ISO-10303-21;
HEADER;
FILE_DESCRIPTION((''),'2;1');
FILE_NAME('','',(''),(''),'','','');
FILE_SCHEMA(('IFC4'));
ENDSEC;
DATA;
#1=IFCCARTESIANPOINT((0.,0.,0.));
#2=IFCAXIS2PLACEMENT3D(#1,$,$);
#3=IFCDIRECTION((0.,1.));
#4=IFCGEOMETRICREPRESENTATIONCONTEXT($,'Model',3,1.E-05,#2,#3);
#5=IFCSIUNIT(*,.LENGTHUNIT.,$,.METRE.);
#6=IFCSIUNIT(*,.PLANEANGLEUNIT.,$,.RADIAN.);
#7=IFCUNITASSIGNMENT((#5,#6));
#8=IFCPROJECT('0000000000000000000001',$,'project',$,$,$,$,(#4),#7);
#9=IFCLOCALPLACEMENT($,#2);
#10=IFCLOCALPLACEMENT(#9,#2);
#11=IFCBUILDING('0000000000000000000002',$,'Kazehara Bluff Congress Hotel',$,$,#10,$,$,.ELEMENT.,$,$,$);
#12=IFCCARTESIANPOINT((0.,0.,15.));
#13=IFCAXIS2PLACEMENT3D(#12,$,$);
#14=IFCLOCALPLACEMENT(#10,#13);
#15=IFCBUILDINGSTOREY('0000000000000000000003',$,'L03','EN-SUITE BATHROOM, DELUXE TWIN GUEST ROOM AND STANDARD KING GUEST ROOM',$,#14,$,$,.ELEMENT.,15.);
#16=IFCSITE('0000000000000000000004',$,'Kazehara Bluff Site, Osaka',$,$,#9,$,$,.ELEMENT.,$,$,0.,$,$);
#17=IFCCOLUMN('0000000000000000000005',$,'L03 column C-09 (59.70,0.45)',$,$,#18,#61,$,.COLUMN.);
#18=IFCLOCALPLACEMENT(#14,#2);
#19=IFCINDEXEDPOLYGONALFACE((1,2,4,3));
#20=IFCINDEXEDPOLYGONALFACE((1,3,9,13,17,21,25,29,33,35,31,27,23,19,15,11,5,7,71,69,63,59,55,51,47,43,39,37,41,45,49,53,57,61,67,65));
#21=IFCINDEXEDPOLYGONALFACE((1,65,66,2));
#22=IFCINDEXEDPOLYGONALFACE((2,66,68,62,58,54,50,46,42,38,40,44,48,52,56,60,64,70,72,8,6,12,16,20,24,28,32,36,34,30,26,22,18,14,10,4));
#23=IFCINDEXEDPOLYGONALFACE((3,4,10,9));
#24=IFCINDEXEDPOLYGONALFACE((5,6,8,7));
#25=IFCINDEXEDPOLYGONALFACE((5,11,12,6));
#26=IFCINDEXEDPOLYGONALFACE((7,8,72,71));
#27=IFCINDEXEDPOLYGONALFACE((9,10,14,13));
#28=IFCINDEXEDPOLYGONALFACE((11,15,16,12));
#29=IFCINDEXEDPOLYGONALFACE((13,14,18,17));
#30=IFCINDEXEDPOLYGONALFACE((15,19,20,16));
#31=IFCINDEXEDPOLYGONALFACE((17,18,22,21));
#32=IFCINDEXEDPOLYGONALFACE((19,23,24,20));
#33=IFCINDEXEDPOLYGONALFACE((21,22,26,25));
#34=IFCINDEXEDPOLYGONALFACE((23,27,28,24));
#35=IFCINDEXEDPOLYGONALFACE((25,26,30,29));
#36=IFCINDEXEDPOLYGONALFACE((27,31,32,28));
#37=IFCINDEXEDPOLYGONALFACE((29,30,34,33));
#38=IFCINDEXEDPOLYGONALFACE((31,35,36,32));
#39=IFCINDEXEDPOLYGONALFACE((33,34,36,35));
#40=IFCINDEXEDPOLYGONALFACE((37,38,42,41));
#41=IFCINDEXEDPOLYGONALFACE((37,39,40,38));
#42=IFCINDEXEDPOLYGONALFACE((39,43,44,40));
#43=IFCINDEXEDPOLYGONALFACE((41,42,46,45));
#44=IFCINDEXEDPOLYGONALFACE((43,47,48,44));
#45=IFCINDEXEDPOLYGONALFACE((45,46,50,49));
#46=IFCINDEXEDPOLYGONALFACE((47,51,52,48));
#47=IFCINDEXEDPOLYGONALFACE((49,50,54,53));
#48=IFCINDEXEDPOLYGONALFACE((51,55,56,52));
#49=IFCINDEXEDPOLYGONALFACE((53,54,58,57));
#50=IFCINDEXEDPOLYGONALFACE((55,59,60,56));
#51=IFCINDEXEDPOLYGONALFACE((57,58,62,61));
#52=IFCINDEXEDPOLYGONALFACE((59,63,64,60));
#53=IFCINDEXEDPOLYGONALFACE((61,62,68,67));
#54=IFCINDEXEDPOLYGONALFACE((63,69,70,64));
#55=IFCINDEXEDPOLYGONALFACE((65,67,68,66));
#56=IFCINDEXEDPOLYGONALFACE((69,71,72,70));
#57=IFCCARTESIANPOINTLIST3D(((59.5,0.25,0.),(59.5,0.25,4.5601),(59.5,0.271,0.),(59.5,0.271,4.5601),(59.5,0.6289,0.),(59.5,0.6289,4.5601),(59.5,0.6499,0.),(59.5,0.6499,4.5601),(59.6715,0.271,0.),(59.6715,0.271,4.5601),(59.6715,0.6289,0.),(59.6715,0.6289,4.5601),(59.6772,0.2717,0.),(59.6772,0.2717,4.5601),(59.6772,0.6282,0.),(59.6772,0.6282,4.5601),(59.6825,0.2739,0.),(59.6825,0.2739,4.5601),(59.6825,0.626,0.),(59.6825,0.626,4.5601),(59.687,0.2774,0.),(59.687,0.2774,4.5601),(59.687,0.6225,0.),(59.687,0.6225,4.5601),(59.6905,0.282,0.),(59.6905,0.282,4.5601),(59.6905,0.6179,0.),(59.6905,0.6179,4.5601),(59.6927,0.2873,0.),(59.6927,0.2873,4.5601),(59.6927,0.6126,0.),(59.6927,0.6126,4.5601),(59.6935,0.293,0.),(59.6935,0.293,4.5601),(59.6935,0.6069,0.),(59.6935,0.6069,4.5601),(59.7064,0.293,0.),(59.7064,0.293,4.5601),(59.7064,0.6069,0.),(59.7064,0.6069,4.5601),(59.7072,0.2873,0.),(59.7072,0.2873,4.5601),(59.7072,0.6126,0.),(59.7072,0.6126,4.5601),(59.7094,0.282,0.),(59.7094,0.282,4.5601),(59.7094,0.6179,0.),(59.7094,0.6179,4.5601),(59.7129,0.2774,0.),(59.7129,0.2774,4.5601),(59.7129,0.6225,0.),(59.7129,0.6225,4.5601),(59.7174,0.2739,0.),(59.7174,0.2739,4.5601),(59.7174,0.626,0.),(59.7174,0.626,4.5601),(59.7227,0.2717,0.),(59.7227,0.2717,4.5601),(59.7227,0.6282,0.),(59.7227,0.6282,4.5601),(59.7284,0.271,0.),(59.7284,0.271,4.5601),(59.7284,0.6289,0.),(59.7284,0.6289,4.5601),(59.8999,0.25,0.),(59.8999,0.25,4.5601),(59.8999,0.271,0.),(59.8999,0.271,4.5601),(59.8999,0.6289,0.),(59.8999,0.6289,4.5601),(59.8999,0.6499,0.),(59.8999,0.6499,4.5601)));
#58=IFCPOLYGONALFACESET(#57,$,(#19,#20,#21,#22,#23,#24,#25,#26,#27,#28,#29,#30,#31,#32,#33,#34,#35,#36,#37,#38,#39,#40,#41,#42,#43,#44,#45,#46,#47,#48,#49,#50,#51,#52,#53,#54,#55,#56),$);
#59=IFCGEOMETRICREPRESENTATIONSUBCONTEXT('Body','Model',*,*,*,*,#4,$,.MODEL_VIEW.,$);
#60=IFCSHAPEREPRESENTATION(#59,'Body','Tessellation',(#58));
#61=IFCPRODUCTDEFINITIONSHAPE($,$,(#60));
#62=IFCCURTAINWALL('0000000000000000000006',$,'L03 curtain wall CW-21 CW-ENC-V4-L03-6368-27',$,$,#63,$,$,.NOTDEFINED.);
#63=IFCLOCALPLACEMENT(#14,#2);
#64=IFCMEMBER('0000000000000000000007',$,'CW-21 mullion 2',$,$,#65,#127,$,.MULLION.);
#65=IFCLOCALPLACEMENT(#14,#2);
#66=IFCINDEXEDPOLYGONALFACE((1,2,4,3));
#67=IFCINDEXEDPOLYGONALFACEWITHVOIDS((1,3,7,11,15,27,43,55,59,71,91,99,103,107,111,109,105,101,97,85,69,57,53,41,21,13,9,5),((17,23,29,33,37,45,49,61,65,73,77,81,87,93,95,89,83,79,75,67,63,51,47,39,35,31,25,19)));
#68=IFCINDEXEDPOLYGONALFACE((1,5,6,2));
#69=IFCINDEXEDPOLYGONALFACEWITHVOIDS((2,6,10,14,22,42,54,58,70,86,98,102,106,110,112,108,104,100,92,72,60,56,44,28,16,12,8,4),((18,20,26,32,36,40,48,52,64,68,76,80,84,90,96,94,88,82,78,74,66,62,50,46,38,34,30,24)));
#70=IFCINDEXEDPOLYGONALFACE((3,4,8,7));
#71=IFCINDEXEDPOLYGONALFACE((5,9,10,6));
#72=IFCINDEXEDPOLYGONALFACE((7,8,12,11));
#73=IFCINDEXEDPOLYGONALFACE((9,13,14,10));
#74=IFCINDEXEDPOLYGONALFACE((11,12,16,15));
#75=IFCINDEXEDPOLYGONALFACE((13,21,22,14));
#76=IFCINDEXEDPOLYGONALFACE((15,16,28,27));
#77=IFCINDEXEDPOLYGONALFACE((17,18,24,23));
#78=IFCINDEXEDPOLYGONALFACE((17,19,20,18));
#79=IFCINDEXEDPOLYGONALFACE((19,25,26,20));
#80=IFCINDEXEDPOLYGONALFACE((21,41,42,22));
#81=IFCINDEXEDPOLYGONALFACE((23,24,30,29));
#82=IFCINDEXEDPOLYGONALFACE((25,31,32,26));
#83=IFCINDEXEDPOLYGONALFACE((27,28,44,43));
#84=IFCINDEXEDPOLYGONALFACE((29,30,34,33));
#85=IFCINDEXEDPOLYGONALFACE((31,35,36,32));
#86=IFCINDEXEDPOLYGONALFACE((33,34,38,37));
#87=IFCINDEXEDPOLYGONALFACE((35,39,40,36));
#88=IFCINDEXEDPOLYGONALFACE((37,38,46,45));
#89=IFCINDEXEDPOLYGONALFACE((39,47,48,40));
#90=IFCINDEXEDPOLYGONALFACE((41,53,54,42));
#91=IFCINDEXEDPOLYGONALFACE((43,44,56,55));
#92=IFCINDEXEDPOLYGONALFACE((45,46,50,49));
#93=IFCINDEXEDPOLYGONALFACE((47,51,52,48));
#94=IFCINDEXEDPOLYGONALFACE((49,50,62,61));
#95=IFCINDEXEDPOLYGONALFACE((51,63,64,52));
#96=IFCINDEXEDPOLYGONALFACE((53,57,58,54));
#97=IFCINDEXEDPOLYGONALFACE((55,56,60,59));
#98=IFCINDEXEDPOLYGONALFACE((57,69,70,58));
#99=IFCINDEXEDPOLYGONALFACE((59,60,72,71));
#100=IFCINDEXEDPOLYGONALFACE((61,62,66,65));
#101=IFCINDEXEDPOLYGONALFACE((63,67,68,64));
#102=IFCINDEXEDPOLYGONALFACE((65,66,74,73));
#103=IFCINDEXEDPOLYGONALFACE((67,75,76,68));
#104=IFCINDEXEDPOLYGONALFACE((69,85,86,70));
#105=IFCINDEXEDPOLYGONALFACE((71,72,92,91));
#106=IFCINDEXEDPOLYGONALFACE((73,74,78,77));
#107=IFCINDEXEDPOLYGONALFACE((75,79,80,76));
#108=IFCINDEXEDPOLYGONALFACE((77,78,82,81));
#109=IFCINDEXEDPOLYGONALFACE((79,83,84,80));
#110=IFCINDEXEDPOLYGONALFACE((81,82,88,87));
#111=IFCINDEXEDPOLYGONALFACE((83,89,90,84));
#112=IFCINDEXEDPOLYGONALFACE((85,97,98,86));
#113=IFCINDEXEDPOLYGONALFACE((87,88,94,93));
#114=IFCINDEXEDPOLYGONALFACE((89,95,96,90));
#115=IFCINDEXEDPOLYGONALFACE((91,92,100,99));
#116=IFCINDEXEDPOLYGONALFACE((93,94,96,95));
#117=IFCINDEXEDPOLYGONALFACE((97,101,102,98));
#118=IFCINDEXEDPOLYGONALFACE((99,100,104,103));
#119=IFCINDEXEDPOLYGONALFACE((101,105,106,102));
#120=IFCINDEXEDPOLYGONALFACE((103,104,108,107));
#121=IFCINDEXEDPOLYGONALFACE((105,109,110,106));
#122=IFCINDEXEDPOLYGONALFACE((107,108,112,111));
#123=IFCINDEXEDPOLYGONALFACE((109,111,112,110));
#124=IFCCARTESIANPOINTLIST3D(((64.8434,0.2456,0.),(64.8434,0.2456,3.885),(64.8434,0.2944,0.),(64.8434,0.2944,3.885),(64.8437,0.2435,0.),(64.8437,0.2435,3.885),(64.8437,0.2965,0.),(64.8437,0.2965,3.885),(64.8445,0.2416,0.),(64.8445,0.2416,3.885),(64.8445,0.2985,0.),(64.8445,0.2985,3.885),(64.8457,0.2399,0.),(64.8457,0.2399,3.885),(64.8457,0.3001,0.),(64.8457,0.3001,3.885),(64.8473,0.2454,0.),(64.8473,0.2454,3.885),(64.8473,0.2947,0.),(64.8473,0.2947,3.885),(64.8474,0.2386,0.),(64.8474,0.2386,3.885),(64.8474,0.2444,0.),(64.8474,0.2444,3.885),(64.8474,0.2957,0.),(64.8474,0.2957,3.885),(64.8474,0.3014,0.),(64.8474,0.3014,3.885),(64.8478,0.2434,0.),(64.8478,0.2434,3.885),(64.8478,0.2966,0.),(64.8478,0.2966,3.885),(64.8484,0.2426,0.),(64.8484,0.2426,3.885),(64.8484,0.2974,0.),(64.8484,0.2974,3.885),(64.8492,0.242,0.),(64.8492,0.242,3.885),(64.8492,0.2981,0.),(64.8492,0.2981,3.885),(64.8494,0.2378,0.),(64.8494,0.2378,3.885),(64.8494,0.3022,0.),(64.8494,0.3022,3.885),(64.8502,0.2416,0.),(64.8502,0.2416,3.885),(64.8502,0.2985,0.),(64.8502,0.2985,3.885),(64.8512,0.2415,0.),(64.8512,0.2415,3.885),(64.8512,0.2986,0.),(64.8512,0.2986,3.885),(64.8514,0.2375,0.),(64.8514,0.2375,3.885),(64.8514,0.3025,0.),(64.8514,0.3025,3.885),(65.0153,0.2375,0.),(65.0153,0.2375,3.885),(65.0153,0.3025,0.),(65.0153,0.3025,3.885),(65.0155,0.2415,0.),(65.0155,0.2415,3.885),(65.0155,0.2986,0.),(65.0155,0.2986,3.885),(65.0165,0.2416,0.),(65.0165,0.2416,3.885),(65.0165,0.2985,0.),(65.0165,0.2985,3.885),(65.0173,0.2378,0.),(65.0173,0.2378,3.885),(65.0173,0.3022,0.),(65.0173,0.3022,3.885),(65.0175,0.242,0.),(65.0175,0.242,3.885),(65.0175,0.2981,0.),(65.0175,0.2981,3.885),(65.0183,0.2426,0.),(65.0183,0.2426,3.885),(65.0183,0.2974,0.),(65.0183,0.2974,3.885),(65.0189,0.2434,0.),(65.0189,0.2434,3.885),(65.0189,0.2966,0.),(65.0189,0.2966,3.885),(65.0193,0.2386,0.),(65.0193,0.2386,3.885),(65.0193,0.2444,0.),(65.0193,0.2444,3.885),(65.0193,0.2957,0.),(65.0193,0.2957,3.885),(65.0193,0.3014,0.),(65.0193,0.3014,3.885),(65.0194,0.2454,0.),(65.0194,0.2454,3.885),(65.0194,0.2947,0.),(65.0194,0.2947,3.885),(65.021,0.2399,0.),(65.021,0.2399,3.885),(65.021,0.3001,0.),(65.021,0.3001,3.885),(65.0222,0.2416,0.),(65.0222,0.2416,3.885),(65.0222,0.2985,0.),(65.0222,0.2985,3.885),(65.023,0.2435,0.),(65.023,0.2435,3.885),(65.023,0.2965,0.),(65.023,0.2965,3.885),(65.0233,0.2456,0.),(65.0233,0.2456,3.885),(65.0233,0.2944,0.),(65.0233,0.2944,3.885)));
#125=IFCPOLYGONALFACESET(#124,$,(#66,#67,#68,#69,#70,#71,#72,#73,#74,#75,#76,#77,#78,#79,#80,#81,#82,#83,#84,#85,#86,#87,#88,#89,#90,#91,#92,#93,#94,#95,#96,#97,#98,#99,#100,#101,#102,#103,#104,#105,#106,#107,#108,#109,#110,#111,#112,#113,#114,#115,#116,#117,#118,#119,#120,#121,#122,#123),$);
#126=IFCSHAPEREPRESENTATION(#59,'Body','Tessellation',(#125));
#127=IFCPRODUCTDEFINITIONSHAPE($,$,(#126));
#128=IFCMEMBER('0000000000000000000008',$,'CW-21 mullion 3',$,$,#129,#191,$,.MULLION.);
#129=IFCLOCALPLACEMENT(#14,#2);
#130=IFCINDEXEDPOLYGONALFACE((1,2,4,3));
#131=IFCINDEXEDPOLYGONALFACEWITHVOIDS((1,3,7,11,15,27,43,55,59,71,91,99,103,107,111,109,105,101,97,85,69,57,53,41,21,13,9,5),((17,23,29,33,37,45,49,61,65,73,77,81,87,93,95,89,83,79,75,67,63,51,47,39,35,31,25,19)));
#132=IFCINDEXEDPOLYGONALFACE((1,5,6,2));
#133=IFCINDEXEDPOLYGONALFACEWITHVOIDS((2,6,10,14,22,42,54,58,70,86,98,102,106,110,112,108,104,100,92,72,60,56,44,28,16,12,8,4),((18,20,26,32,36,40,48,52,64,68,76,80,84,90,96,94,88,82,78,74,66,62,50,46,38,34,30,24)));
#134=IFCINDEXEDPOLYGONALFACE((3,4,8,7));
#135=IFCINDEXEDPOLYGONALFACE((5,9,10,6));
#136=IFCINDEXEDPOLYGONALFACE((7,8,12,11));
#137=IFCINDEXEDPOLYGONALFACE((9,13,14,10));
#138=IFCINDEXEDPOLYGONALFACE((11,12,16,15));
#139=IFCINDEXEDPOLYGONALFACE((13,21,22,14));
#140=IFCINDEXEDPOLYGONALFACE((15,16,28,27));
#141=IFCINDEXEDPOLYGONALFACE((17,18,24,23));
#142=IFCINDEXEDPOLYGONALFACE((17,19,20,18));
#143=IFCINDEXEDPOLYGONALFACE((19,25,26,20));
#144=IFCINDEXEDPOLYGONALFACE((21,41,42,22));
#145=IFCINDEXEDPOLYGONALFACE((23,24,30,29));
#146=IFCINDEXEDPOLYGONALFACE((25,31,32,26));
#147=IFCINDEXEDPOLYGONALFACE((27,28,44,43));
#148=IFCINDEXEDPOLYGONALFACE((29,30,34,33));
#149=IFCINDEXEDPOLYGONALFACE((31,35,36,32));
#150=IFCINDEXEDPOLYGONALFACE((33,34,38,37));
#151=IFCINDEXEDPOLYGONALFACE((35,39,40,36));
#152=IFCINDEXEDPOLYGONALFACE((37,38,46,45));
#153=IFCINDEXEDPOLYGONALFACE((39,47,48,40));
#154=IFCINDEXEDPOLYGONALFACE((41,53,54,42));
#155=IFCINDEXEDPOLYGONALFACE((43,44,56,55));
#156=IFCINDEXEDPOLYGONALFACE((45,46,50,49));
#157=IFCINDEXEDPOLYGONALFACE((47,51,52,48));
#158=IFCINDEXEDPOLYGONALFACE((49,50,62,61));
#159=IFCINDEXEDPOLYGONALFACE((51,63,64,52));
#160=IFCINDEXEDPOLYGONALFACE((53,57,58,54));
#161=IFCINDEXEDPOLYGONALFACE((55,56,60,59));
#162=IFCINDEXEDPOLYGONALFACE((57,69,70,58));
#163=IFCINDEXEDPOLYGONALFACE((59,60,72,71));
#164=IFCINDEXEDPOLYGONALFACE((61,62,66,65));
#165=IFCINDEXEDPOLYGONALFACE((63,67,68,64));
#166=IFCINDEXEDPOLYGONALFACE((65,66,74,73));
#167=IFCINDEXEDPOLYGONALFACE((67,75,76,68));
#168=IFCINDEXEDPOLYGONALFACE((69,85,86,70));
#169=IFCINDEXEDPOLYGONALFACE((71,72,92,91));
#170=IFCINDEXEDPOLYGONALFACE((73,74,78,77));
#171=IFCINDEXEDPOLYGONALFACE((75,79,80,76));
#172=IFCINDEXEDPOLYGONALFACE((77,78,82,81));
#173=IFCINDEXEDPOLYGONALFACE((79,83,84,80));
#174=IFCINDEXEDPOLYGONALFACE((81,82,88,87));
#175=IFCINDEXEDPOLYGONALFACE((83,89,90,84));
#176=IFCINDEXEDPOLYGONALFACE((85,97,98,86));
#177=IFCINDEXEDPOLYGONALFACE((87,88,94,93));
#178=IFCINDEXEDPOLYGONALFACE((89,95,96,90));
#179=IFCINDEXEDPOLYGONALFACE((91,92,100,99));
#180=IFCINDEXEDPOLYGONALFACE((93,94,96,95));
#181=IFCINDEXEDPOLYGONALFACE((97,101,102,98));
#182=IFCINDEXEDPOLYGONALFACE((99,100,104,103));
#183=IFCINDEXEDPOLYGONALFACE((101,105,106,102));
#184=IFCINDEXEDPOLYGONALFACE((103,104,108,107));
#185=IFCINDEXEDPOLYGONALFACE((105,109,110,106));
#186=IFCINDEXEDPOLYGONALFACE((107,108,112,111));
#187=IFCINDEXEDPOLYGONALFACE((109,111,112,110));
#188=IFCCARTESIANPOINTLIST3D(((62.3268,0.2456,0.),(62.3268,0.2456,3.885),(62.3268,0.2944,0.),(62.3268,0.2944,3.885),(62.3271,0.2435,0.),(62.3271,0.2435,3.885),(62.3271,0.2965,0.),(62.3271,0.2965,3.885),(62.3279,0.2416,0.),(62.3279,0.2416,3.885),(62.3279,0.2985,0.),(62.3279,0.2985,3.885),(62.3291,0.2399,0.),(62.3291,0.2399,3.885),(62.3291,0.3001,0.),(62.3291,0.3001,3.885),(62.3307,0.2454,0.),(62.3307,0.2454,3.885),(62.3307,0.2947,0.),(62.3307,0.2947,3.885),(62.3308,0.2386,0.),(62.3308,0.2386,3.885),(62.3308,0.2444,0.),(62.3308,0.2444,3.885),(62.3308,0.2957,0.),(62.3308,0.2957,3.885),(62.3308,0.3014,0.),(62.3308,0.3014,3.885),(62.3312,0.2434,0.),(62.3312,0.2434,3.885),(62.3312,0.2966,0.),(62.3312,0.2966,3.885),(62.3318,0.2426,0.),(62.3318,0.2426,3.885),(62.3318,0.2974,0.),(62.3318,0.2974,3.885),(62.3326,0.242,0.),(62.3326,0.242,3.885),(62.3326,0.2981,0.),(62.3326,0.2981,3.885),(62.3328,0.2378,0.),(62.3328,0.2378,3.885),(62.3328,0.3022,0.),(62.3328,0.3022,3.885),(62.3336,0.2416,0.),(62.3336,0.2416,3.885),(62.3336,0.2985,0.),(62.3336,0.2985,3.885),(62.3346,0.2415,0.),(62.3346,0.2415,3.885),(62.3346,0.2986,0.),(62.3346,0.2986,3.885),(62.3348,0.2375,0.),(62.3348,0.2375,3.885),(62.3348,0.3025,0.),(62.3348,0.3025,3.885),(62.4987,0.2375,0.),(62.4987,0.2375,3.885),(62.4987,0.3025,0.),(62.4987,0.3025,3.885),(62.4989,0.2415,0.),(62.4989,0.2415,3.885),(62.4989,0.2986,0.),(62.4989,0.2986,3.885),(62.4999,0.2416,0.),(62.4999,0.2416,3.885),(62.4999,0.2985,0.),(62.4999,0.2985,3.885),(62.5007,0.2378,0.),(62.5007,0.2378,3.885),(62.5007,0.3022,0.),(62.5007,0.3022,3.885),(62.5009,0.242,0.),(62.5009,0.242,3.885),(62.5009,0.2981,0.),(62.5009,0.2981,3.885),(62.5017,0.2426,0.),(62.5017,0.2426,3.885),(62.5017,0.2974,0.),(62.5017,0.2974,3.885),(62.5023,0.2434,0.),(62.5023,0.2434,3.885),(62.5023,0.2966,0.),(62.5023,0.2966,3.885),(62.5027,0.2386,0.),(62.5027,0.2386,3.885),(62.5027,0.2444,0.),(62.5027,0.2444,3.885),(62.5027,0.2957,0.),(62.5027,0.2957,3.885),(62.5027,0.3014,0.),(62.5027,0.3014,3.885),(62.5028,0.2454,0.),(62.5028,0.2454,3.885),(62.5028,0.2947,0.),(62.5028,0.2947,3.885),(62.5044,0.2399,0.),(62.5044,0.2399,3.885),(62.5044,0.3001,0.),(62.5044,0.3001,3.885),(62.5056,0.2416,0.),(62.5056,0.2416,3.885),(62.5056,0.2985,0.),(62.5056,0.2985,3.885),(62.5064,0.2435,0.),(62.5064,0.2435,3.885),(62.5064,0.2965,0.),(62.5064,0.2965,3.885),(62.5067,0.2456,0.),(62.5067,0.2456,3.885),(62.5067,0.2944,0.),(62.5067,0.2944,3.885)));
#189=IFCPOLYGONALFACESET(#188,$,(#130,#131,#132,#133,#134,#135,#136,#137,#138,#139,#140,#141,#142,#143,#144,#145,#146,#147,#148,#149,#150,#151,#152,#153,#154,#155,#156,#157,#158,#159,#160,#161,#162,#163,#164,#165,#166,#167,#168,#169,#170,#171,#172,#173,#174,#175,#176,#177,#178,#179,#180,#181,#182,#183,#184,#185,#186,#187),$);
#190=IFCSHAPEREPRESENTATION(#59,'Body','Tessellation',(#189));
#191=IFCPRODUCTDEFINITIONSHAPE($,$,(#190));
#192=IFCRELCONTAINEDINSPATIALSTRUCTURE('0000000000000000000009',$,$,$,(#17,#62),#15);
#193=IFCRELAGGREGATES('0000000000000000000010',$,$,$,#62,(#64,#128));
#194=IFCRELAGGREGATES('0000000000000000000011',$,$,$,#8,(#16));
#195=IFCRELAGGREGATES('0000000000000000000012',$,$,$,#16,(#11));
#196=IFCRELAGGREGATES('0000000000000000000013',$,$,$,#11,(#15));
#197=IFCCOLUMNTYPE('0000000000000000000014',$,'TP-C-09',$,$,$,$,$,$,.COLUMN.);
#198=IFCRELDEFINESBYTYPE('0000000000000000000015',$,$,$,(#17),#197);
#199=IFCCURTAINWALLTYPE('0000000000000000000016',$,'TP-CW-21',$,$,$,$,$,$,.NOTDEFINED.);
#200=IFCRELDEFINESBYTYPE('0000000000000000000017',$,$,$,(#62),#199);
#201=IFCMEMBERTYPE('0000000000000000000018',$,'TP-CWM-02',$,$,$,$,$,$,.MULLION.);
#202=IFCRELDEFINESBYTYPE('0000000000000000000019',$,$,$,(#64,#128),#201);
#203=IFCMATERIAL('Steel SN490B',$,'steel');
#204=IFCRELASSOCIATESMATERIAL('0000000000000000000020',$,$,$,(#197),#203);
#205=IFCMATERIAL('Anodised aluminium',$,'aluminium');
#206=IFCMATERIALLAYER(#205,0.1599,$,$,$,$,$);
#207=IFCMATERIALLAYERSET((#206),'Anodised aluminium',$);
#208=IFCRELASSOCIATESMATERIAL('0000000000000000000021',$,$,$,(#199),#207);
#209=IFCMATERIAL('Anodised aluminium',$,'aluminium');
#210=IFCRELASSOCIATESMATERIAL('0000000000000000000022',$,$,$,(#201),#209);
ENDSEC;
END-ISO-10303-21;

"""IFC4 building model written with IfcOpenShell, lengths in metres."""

from ifc_helpers import new_model, si_unit, direction, frame, origin, origin_2d, place, context, subcontext, project, spatial, hollow_rectangle, i_section, extrude, material, layer, layer_set, material_profile, profile_set, type_object, element, aggregate, save


model = new_model("IFC4")

# Units and contexts
model_context = context("Model", 3, precision=1e-05, world=origin(), true_north=direction((0.0, 1.0)))
body_context = subcontext(model_context, "Body", "Model", "MODEL_VIEW")
ifc_project = project(units=[si_unit("LENGTHUNIT", "METRE"), si_unit("PLANEANGLEUNIT", "RADIAN")], contexts=[model_context])

# Site, building, storey
site_placement = place(None, origin())
site = spatial("IfcSite", under=ifc_project, at=site_placement, Name="Kazehara Bluff Site, Osaka", CompositionType="ELEMENT", RefElevation=0.0)
building_placement = place(site_placement, origin())
building = spatial("IfcBuilding", under=site, at=building_placement, Name="Kazehara Bluff Congress Hotel", CompositionType="ELEMENT")
storey_placement = place(building_placement, frame((0.0, 0.0, 15.0)))
storey = spatial("IfcBuildingStorey", under=building, at=storey_placement, Name="L03", Description="EN-SUITE BATHROOM, DELUXE TWIN GUEST ROOM AND STANDARD KING GUEST ROOM", CompositionType="ELEMENT", Elevation=15.0)

# Column
ifc_material_1 = material(Name="Steel SN490B", Category="steel")
ifc_material_profile_1 = material_profile(ifc_material_1, i_section(OverallWidth=0.3999, OverallDepth=0.3999, WebThickness=0.0129, FlangeThickness=0.021, FilletRadius=0.022, at=origin_2d()))
ifc_profile_set_1 = profile_set([ifc_material_profile_1], Name="Steel SN490B")
column_type = type_object("IfcColumnType", Name="TP-C-09", PredefinedType="COLUMN", material=ifc_profile_set_1)
column_placement = place(storey_placement, frame((59.7, 0.45, 0.0), z_axis=(0.0, 0.0, 1.0), x_axis=(1.0, 0.0, 0.0)))
element("IfcColumn", 1, at=column_placement, inside=storey, type_object=column_type, Name="L03 column C-09 (59.70,0.45)", PredefinedType="COLUMN", context=body_context, shape_type="SweptSolid", body=[
    extrude(i_section(OverallWidth=0.3999, OverallDepth=0.3999, WebThickness=0.0129, FlangeThickness=0.021, FilletRadius=0.022, at=origin_2d()), origin(), (0.0, 0.0, 1.0), 4.5601),
])

# Curtain wall, members
ifc_material_2 = material(Name="Anodised aluminium", Category="aluminium")
ifc_layer_1 = layer(ifc_material_2, 0.1599)
ifc_layer_set_1 = layer_set([ifc_layer_1], Name="Anodised aluminium")
curtain_wall_type = type_object("IfcCurtainWallType", Name="TP-CW-21", PredefinedType="NOTDEFINED", material=ifc_layer_set_1)
curtain_wall_placement = place(storey_placement, origin())
curtain_wall = element("IfcCurtainWall", 2, at=curtain_wall_placement, inside=storey, type_object=curtain_wall_type, Name="L03 curtain wall CW-21 CW-ENC-V4-L03-6368-27", PredefinedType="NOTDEFINED")
ifc_material_3 = material(Name="Anodised aluminium", Category="aluminium")
ifc_material_profile_2 = material_profile(ifc_material_3, hollow_rectangle(XDim=0.0649, YDim=0.1799, WallThickness=0.0039, InnerFilletRadius=0.0039, OuterFilletRadius=0.0081, at=origin_2d()))
ifc_profile_set_2 = profile_set([ifc_material_profile_2], Name="Anodised aluminium")
member_type_1 = type_object("IfcMemberType", Name="TP-CWM-02", PredefinedType="MULLION", material=ifc_profile_set_2)
member_1_placement = place(storey_placement, frame((64.9333, 0.27, 0.0), z_axis=(0.0, 0.0, 1.0), x_axis=(0.0, -1.0, 0.0)))
member_1 = element("IfcMember", 3, at=member_1_placement, type_object=member_type_1, Name="CW-21 mullion 2", PredefinedType="MULLION", context=body_context, shape_type="SweptSolid", body=[
    extrude(hollow_rectangle(XDim=0.0649, YDim=0.1799, WallThickness=0.0039, InnerFilletRadius=0.0039, OuterFilletRadius=0.0081, at=origin_2d()), origin(), (0.0, 0.0, 1.0), 3.885),
])
member_2_placement = place(storey_placement, frame((62.4167, 0.27, 0.0), z_axis=(0.0, 0.0, 1.0), x_axis=(0.0, -1.0, 0.0)))
member_2 = element("IfcMember", 4, at=member_2_placement, type_object=member_type_1, Name="CW-21 mullion 3", PredefinedType="MULLION", context=body_context, shape_type="SweptSolid", body=[
    extrude(hollow_rectangle(XDim=0.0649, YDim=0.1799, WallThickness=0.0039, InnerFilletRadius=0.0039, OuterFilletRadius=0.0081, at=origin_2d()), origin(), (0.0, 0.0, 1.0), 3.885),
])

aggregate(curtain_wall, [member_1, member_2])

save(model, "model.ifc")
